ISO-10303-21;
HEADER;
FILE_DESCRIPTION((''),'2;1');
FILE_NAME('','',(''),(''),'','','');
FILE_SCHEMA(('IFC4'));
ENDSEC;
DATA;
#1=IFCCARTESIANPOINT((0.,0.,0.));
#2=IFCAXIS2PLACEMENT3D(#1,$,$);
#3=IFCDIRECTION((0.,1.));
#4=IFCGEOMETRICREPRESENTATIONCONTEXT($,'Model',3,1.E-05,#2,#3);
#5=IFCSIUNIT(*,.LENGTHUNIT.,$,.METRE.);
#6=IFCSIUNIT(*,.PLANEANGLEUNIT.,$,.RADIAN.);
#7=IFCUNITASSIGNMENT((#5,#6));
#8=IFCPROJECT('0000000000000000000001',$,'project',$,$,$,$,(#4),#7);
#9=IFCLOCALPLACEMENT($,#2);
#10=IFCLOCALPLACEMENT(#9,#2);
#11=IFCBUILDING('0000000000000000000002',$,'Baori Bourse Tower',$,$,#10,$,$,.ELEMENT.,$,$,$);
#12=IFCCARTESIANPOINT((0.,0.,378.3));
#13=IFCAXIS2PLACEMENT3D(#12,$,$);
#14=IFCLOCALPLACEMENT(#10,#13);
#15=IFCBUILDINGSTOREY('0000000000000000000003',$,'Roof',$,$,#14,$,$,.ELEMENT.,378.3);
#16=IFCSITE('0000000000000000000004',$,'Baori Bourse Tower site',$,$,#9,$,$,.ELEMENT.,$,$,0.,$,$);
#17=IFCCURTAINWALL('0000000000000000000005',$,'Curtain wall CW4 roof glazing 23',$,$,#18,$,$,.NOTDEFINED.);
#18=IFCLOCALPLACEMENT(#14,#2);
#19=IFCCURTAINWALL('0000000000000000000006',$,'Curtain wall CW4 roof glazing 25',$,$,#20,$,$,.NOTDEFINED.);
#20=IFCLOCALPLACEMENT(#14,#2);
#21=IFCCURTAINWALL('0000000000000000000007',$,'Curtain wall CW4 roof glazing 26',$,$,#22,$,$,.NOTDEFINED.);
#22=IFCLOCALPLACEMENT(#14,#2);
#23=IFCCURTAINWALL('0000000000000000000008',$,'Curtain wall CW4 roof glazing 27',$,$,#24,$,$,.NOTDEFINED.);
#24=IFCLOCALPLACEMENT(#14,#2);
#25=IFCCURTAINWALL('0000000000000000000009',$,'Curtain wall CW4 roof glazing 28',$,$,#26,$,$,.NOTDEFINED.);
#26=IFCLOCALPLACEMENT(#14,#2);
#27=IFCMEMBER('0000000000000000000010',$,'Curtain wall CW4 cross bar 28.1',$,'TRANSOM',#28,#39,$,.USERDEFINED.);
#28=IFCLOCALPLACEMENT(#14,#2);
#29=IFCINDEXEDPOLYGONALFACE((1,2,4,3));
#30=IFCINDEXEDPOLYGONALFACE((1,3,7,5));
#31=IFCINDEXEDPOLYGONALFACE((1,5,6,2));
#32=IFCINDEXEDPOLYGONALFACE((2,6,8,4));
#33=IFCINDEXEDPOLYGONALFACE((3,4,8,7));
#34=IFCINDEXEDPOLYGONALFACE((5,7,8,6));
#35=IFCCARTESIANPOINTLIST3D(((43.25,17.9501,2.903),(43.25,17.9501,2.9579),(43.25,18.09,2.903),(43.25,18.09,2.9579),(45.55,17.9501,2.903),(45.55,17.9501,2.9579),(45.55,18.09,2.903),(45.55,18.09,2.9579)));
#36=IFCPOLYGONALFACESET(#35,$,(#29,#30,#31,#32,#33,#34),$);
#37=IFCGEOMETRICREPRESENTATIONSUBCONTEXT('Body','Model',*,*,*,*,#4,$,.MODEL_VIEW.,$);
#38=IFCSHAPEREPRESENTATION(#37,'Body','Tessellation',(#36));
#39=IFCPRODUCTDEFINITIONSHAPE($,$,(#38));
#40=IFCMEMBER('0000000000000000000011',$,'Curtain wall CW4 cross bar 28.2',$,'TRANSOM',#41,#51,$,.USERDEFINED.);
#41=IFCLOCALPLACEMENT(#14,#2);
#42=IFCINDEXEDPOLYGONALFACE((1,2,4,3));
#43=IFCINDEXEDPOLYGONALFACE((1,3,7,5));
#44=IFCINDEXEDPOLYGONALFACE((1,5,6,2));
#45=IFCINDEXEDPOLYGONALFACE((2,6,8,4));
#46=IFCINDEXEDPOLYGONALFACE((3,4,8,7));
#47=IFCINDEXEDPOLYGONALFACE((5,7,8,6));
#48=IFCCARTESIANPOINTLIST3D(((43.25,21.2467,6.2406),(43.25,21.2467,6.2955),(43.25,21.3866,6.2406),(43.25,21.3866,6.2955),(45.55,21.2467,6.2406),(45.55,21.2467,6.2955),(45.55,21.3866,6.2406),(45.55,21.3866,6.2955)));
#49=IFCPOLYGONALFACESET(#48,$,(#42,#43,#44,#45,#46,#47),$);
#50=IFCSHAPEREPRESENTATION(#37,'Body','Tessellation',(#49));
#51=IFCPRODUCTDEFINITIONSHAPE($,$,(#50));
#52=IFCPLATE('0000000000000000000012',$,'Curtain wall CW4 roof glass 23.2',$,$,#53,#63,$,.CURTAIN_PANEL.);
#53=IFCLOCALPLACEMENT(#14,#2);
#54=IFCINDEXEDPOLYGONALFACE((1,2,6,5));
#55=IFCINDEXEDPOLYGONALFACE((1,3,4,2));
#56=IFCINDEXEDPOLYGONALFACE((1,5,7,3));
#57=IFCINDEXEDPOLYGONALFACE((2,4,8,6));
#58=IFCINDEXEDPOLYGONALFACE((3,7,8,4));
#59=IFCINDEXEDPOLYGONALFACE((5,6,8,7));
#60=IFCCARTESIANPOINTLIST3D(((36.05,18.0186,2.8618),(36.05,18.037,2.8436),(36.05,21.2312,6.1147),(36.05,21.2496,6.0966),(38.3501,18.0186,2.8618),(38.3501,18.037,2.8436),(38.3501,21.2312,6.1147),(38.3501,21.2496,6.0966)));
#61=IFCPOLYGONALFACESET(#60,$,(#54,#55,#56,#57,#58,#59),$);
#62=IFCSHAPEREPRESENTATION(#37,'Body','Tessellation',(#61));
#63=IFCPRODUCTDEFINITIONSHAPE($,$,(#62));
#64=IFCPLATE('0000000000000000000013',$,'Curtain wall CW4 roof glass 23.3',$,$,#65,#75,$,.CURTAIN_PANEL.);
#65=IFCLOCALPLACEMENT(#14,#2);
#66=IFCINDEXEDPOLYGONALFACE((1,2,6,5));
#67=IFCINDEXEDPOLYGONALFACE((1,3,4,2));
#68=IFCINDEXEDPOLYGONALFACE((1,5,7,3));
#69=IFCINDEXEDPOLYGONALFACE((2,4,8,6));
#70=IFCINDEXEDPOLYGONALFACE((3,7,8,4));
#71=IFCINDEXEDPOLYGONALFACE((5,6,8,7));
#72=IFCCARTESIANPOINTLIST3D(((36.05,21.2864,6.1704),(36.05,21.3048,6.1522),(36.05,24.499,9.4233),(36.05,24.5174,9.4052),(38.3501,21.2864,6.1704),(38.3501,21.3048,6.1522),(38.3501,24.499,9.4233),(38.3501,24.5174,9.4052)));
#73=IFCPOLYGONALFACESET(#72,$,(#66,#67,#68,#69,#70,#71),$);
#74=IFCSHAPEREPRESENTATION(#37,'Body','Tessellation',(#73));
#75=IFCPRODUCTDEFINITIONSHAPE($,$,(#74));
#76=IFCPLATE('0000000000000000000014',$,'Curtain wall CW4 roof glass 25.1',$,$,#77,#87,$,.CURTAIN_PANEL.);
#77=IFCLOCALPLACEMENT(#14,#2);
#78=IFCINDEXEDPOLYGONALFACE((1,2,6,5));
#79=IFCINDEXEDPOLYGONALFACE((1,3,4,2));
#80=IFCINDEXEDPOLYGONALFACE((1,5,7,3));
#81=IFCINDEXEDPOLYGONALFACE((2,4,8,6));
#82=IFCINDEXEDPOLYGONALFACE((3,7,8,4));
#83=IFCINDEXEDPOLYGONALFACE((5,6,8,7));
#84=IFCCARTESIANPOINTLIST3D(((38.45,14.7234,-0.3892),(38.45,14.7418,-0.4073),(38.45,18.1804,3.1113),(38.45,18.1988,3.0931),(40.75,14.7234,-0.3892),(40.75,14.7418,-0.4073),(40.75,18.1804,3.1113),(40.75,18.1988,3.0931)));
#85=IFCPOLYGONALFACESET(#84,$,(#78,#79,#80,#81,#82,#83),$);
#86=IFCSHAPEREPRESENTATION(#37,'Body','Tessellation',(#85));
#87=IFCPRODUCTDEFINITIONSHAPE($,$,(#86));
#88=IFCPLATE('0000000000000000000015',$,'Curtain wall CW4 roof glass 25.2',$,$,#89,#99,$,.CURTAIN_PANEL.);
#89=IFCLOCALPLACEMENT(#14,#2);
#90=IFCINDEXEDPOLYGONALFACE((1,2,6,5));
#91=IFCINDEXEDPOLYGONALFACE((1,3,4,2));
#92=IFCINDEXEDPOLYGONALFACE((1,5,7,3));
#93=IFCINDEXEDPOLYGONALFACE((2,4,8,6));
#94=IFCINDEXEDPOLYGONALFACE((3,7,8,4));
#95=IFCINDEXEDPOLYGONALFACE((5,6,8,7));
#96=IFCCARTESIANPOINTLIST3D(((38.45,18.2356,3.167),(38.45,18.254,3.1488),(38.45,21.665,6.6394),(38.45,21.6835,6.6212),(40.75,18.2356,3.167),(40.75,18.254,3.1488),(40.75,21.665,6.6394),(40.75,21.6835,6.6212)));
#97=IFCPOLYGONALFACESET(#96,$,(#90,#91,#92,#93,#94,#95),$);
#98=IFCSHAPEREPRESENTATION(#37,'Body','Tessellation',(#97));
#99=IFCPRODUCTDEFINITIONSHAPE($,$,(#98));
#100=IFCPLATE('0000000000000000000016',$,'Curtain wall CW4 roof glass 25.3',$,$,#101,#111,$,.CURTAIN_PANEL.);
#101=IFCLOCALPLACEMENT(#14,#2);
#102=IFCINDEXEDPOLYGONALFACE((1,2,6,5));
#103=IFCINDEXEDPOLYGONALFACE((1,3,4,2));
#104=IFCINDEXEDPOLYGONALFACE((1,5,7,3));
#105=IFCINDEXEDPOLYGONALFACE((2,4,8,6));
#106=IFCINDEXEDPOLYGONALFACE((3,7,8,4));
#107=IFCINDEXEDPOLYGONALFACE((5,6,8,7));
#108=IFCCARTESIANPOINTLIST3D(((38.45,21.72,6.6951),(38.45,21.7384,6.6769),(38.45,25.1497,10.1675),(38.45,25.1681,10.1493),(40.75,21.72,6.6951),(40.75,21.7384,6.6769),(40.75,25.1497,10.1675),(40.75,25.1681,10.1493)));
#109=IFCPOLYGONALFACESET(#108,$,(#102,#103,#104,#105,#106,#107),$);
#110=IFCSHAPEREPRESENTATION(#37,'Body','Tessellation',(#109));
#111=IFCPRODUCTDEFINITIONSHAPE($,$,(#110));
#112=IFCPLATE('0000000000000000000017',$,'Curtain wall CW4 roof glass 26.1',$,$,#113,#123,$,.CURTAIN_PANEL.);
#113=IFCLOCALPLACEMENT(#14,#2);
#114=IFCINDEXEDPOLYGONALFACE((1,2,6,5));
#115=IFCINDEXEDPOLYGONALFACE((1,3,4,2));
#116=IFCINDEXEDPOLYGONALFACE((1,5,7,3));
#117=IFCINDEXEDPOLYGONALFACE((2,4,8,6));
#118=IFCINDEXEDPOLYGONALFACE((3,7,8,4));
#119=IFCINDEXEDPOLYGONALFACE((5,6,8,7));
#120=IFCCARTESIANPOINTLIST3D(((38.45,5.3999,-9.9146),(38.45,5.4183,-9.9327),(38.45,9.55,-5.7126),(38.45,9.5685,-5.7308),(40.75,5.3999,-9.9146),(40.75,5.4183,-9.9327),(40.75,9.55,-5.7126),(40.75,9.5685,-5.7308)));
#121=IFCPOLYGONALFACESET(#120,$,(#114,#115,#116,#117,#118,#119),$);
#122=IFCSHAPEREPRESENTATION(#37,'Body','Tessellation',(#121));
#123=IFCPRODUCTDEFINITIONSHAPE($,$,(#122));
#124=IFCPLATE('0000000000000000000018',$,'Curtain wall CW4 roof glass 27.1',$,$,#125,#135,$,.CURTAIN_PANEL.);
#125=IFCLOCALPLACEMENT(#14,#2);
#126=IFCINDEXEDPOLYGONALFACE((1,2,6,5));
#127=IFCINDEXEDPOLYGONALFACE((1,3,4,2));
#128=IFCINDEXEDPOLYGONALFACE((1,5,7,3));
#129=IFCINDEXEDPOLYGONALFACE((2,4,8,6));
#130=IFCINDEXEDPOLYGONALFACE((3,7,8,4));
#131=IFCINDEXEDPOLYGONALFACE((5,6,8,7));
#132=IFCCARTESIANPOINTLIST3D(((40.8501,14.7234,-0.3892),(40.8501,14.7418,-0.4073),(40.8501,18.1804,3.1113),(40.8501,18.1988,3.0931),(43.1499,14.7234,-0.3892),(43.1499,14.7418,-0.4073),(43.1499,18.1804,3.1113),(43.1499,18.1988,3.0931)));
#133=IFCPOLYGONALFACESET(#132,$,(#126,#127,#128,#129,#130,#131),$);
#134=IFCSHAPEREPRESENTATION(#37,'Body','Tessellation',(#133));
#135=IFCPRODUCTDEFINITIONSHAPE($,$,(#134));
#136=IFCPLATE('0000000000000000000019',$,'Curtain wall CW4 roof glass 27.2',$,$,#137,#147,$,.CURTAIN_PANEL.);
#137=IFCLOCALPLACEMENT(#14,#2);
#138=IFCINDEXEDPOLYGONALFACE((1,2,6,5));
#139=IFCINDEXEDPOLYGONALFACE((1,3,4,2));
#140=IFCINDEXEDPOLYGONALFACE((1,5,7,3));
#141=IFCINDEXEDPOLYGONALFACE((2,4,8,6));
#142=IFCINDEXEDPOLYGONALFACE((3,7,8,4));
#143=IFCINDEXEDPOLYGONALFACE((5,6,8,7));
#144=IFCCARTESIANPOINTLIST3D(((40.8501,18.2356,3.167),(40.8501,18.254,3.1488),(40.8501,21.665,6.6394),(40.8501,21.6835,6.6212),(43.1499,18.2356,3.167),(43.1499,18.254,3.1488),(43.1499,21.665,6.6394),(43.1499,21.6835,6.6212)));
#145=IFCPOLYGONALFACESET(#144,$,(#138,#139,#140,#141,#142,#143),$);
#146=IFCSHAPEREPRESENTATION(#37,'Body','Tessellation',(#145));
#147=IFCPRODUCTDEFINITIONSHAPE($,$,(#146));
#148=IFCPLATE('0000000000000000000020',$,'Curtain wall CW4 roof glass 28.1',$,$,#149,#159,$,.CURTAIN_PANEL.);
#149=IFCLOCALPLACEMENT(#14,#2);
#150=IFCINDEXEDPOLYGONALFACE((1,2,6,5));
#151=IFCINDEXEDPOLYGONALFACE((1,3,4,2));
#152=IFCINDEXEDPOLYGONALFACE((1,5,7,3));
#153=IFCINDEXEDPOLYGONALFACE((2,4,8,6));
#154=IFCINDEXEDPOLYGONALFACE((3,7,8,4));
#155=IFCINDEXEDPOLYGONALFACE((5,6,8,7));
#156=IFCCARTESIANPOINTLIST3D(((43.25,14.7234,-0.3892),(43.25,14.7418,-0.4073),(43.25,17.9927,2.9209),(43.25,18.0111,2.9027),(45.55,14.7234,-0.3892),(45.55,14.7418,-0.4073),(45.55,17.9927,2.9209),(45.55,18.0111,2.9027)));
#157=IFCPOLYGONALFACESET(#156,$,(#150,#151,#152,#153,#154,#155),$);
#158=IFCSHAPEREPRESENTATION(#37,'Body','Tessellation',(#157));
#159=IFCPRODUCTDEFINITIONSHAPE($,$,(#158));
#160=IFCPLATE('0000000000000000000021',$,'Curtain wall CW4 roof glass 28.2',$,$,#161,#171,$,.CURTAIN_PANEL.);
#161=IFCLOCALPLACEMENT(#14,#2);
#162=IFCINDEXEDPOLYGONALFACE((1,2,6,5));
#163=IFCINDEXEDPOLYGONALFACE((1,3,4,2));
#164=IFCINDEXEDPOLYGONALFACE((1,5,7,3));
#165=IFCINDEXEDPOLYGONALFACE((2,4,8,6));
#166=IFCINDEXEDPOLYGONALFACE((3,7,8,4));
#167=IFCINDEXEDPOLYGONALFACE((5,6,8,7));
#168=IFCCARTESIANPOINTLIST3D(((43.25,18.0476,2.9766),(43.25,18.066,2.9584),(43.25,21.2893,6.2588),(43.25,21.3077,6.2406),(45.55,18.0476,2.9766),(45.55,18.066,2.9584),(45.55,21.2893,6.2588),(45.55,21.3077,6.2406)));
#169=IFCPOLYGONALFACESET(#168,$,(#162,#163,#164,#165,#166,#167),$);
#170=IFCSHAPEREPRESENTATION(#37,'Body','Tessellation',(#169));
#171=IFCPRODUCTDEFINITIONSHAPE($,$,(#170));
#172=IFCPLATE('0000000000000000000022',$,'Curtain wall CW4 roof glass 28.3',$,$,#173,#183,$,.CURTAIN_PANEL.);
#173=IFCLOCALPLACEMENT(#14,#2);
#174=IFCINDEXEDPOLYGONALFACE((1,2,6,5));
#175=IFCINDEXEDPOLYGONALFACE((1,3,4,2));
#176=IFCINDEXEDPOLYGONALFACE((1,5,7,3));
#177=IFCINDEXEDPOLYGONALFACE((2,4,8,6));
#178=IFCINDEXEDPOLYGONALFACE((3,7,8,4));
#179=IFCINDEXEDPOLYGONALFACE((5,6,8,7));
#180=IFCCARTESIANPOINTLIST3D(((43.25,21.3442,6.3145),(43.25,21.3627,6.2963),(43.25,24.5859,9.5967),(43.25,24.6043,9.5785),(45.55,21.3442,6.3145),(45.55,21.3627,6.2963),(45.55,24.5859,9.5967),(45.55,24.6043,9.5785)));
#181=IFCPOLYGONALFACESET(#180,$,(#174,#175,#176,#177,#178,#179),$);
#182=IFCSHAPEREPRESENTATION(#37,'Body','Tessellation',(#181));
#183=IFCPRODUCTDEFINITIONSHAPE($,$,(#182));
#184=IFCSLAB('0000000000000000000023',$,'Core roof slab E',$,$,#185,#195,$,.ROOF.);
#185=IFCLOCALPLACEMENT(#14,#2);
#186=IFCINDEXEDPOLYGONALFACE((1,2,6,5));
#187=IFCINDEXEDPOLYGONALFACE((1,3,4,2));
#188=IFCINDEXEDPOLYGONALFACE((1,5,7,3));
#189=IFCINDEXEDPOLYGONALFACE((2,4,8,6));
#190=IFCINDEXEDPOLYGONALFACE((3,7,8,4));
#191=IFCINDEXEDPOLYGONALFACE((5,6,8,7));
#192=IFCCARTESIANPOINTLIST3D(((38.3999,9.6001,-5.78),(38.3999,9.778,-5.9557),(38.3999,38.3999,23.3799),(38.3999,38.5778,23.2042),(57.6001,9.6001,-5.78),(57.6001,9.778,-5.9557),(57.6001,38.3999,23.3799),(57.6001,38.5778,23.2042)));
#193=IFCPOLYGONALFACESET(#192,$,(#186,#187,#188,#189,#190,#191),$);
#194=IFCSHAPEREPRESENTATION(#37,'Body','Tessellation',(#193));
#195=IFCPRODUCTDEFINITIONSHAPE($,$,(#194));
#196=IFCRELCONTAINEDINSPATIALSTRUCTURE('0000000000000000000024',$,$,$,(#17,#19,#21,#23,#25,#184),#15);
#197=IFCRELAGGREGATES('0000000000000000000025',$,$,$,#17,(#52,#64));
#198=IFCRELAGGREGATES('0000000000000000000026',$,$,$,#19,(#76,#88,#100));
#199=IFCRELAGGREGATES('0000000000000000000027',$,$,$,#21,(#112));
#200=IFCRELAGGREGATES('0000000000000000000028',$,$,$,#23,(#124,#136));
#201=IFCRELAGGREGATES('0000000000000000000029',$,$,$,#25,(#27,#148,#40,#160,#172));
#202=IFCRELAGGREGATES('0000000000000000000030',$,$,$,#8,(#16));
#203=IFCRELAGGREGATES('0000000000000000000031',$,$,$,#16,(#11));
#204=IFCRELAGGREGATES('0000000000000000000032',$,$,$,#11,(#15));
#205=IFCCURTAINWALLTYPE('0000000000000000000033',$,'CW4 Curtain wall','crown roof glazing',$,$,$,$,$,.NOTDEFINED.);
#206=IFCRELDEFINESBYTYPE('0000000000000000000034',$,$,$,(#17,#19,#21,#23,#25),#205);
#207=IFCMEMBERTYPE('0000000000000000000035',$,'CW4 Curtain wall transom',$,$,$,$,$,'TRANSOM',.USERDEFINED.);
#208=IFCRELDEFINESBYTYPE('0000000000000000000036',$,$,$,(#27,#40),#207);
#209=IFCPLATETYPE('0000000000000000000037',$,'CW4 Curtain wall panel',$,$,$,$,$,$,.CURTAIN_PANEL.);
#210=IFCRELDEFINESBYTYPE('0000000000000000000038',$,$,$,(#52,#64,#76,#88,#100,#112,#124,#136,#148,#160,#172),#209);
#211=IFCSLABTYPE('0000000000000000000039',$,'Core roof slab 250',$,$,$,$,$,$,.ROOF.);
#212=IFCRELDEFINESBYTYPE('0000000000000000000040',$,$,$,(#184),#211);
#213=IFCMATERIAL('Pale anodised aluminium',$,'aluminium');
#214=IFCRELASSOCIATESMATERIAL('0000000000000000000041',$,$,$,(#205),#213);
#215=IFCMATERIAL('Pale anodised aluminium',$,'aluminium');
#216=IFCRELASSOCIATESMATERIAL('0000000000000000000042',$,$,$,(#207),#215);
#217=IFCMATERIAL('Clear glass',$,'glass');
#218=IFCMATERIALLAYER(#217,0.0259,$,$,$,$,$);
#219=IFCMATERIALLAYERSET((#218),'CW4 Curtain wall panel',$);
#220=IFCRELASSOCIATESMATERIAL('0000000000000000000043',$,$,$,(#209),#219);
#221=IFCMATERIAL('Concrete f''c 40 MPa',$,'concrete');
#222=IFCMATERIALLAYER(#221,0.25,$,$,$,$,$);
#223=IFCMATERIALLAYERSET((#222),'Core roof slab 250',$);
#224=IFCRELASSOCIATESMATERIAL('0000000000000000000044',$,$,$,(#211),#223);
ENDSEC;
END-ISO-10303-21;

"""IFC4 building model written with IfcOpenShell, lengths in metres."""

from ifc_helpers import new_model, si_unit, direction, frame, origin, origin_2d, place, context, subcontext, project, spatial, polyline, rectangle, outline, extrude, material, layer, layer_set, material_profile, profile_set, type_object, element, aggregate, save


model = new_model("IFC4")

# Units and contexts
model_context = context("Model", 3, precision=1e-05, world=origin(), true_north=direction((0.0, 1.0)))
body_context = subcontext(model_context, "Body", "Model", "MODEL_VIEW")
ifc_project = project(units=[si_unit("LENGTHUNIT", "METRE"), si_unit("PLANEANGLEUNIT", "RADIAN")], contexts=[model_context])

# Site, building, storey
site_placement = place(None, origin())
site = spatial("IfcSite", under=ifc_project, at=site_placement, Name="Baori Bourse Tower site", CompositionType="ELEMENT", RefElevation=0.0)
building_placement = place(site_placement, origin())
building = spatial("IfcBuilding", under=site, at=building_placement, Name="Baori Bourse Tower", CompositionType="ELEMENT")
storey_placement = place(building_placement, frame((0.0, 0.0, 378.3)))
storey = spatial("IfcBuildingStorey", under=building, at=storey_placement, Name="Roof", CompositionType="ELEMENT", Elevation=378.3)

# Curtain wall
ifc_material_1 = material(Name="Pale anodised aluminium", Category="aluminium")
curtain_wall_type = type_object("IfcCurtainWallType", Name="CW4 Curtain wall", Description="crown roof glazing", PredefinedType="NOTDEFINED", material=ifc_material_1)
curtain_wall_1_placement = place(storey_placement, origin())
curtain_wall_1 = element("IfcCurtainWall", 1, at=curtain_wall_1_placement, inside=storey, type_object=curtain_wall_type, Name="Curtain wall CW4 roof glazing 23", PredefinedType="NOTDEFINED")

# Curtain walls
curtain_wall_2_placement = place(storey_placement, origin())
curtain_wall_2 = element("IfcCurtainWall", 2, at=curtain_wall_2_placement, inside=storey, type_object=curtain_wall_type, Name="Curtain wall CW4 roof glazing 25", PredefinedType="NOTDEFINED")
curtain_wall_3_placement = place(storey_placement, origin())
curtain_wall_3 = element("IfcCurtainWall", 3, at=curtain_wall_3_placement, inside=storey, type_object=curtain_wall_type, Name="Curtain wall CW4 roof glazing 26", PredefinedType="NOTDEFINED")
curtain_wall_4_placement = place(storey_placement, origin())
curtain_wall_4 = element("IfcCurtainWall", 4, at=curtain_wall_4_placement, inside=storey, type_object=curtain_wall_type, Name="Curtain wall CW4 roof glazing 27", PredefinedType="NOTDEFINED")

# Curtain wall
curtain_wall_5_placement = place(storey_placement, origin())
curtain_wall_5 = element("IfcCurtainWall", 5, at=curtain_wall_5_placement, inside=storey, type_object=curtain_wall_type, Name="Curtain wall CW4 roof glazing 28", PredefinedType="NOTDEFINED")

# Members
ifc_material_2 = material(Name="Pale anodised aluminium", Category="aluminium")
ifc_material_profile_1 = material_profile(ifc_material_2, rectangle(XDim=0.1399, YDim=0.0549, at=origin_2d()), Name="Transom 55x140")
ifc_profile_set_1 = profile_set([ifc_material_profile_1], Name="Pale anodised aluminium")
member_type_1 = type_object("IfcMemberType", Name="CW4 Curtain wall transom", ElementType="TRANSOM", PredefinedType="USERDEFINED", material=ifc_profile_set_1)
member_1_placement = place(storey_placement, frame((43.25, 18.02, 2.9304), z_axis=(1.0, 0.0, 0.0), x_axis=(0.0, 1.0, 0.0)))
member_1 = element("IfcMember", 6, at=member_1_placement, type_object=member_type_1, Name="Curtain wall CW4 cross bar 28.1", ObjectType="TRANSOM", PredefinedType="USERDEFINED", context=body_context, shape_type="SweptSolid", body=[
    extrude(rectangle(XDim=0.1399, YDim=0.0549, at=origin_2d()), origin(), (0.0, 0.0, 1.0), 2.3),
])
member_2_placement = place(storey_placement, frame((43.25, 21.3167, 6.2681), z_axis=(1.0, 0.0, 0.0), x_axis=(0.0, 1.0, 0.0)))
member_2 = element("IfcMember", 7, at=member_2_placement, type_object=member_type_1, Name="Curtain wall CW4 cross bar 28.2", ObjectType="TRANSOM", PredefinedType="USERDEFINED", context=body_context, shape_type="SweptSolid", body=[
    extrude(rectangle(XDim=0.1399, YDim=0.0549, at=origin_2d()), origin(), (0.0, 0.0, 1.0), 2.3),
])

# Plates
ifc_material_3 = material(Name="Clear glass", Category="glass")
ifc_layer_1 = layer(ifc_material_3, 0.0259)
ifc_layer_set_1 = layer_set([ifc_layer_1], Name="CW4 Curtain wall panel")
plate_type = type_object("IfcPlateType", Name="CW4 Curtain wall panel", PredefinedType="CURTAIN_PANEL", material=ifc_layer_set_1)
plate_1_placement = place(storey_placement, frame((36.05, 18.0186, 2.8618), z_axis=(0.0, -0.711499, 0.702688), x_axis=(1.0, 0.0, 0.0)))
plate_1 = element("IfcPlate", 8, at=plate_1_placement, type_object=plate_type, Name="Curtain wall CW4 roof glass 23.2", PredefinedType="CURTAIN_PANEL", context=body_context, shape_type="SweptSolid", body=[
    extrude(outline(polyline([(0.0, 0.0), (2.3, 0.0), (2.3, 4.5719), (0.0, 4.5719), (0.0, 0.0)])), origin(), (0.0, 0.0, -1.0), 0.0259),
])
plate_2_placement = place(storey_placement, frame((36.05, 21.2864, 6.1704), z_axis=(0.0, -0.711499, 0.702688), x_axis=(1.0, 0.0, 0.0)))
plate_2 = element("IfcPlate", 9, at=plate_2_placement, type_object=plate_type, Name="Curtain wall CW4 roof glass 23.3", PredefinedType="CURTAIN_PANEL", context=body_context, shape_type="SweptSolid", body=[
    extrude(outline(polyline([(0.0, 0.0), (2.3, 0.0), (2.3, 4.5719), (0.0, 4.5719), (0.0, 0.0)])), origin(), (0.0, 0.0, -1.0), 0.0259),
])
aggregate(curtain_wall_1, [plate_1, plate_2])
plate_3_placement = place(storey_placement, frame((38.45, 14.7234, -0.3892), z_axis=(0.0, -0.71151, 0.702676), x_axis=(1.0, 0.0, 0.0)))
plate_3 = element("IfcPlate", 10, at=plate_3_placement, type_object=plate_type, Name="Curtain wall CW4 roof glass 25.1", PredefinedType="CURTAIN_PANEL", context=body_context, shape_type="SweptSolid", body=[
    extrude(outline(polyline([(0.0, 0.0), (2.3, 0.0), (2.3, 4.9198), (0.0, 4.9198), (0.0, 0.0)])), origin(), (0.0, 0.0, -1.0), 0.0259),
])
plate_4_placement = place(storey_placement, frame((38.45, 18.2356, 3.167), z_axis=(0.0, -0.711495, 0.702691), x_axis=(1.0, 0.0, 0.0)))
plate_4 = element("IfcPlate", 11, at=plate_4_placement, type_object=plate_type, Name="Curtain wall CW4 roof glass 25.2", PredefinedType="CURTAIN_PANEL", context=body_context, shape_type="SweptSolid", body=[
    extrude(outline(polyline([(0.0, 0.0), (2.3, 0.0), (2.3, 4.8804), (0.0, 4.8804), (0.0, 0.0)])), origin(), (0.0, 0.0, -1.0), 0.0259),
])
plate_5_placement = place(storey_placement, frame((38.45, 21.72, 6.6951), z_axis=(0.0, -0.71147, 0.702716), x_axis=(1.0, 0.0, 0.0)))
plate_5 = element("IfcPlate", 12, at=plate_5_placement, type_object=plate_type, Name="Curtain wall CW4 roof glass 25.3", PredefinedType="CURTAIN_PANEL", context=body_context, shape_type="SweptSolid", body=[
    extrude(outline(polyline([(0.0, 0.0), (2.3, 0.0), (2.3, 4.8806), (0.0, 4.8806), (0.0, 0.0)])), origin(), (0.0, 0.0, -1.0), 0.0259),
])
aggregate(curtain_wall_2, [plate_3, plate_4, plate_5])
plate_6_placement = place(storey_placement, frame((38.45, 5.3999, -9.9146), z_axis=(0.0, -0.711475, 0.702711), x_axis=(1.0, 0.0, 0.0)))
plate_6 = element("IfcPlate", 13, at=plate_6_placement, type_object=plate_type, Name="Curtain wall CW4 roof glass 26.1", PredefinedType="CURTAIN_PANEL", context=body_context, shape_type="SweptSolid", body=[
    extrude(outline(polyline([(0.0, 0.0), (2.3, 0.0), (2.3, 5.9059), (0.0, 5.9059), (0.0, 0.0)])), origin(), (0.0, 0.0, -1.0), 0.0259),
])
aggregate(curtain_wall_3, [plate_6])
plate_7_placement = place(storey_placement, frame((40.8501, 14.7234, -0.3892), z_axis=(0.0, -0.71151, 0.702676), x_axis=(1.0, 0.0, 0.0)))
plate_7 = element("IfcPlate", 14, at=plate_7_placement, type_object=plate_type, Name="Curtain wall CW4 roof glass 27.1", PredefinedType="CURTAIN_PANEL", context=body_context, shape_type="SweptSolid", body=[
    extrude(outline(polyline([(0.0, 0.0), (2.2998, 0.0), (2.2998, 4.9198), (0.0, 4.9198), (0.0, 0.0)])), origin(), (0.0, 0.0, -1.0), 0.0259),
])
plate_8_placement = place(storey_placement, frame((40.8501, 18.2356, 3.167), z_axis=(0.0, -0.711495, 0.702691), x_axis=(1.0, 0.0, 0.0)))
plate_8 = element("IfcPlate", 15, at=plate_8_placement, type_object=plate_type, Name="Curtain wall CW4 roof glass 27.2", PredefinedType="CURTAIN_PANEL", context=body_context, shape_type="SweptSolid", body=[
    extrude(outline(polyline([(0.0, 0.0), (2.2998, 0.0), (2.2998, 4.8804), (0.0, 4.8804), (0.0, 0.0)])), origin(), (0.0, 0.0, -1.0), 0.0259),
])
aggregate(curtain_wall_4, [plate_7, plate_8])
plate_9_placement = place(storey_placement, frame((43.25, 14.7234, -0.3892), z_axis=(0.0, -0.711475, 0.702711), x_axis=(1.0, 0.0, 0.0)))
plate_9 = element("IfcPlate", 16, at=plate_9_placement, type_object=plate_type, Name="Curtain wall CW4 roof glass 28.1", PredefinedType="CURTAIN_PANEL", context=body_context, shape_type="SweptSolid", body=[
    extrude(outline(polyline([(0.0, 0.0), (2.3, 0.0), (2.3, 4.6524), (0.0, 4.6524), (0.0, 0.0)])), origin(), (0.0, 0.0, -1.0), 0.0259),
])
plate_10_placement = place(storey_placement, frame((43.25, 18.0476, 2.9766), z_axis=(0.0, -0.711486, 0.702701), x_axis=(1.0, 0.0, 0.0)))
plate_10 = element("IfcPlate", 17, at=plate_10_placement, type_object=plate_type, Name="Curtain wall CW4 roof glass 28.2", PredefinedType="CURTAIN_PANEL", context=body_context, shape_type="SweptSolid", body=[
    extrude(outline(polyline([(0.0, 0.0), (2.3, 0.0), (2.3, 4.6132), (0.0, 4.6132), (0.0, 0.0)])), origin(), (0.0, 0.0, -1.0), 0.0259),
])
plate_11_placement = place(storey_placement, frame((43.25, 21.3442, 6.3145), z_axis=(0.0, -0.711486, 0.702701), x_axis=(1.0, 0.0, 0.0)))
plate_11 = element("IfcPlate", 18, at=plate_11_placement, type_object=plate_type, Name="Curtain wall CW4 roof glass 28.3", PredefinedType="CURTAIN_PANEL", context=body_context, shape_type="SweptSolid", body=[
    extrude(outline(polyline([(0.0, 0.0), (2.3, 0.0), (2.3, 4.6132), (0.0, 4.6132), (0.0, 0.0)])), origin(), (0.0, 0.0, -1.0), 0.0259),
])
aggregate(curtain_wall_5, [member_1, plate_9, member_2, plate_10, plate_11])

# Slab
ifc_material_4 = material(Name="Concrete f'c 40 MPa", Category="concrete")
ifc_layer_2 = layer(ifc_material_4, 0.25)
ifc_layer_set_2 = layer_set([ifc_layer_2], Name="Core roof slab 250")
slab_type = type_object("IfcSlabType", Name="Core roof slab 250", PredefinedType="ROOF", material=ifc_layer_set_2)
slab_placement = place(storey_placement, frame((38.3999, 9.6001, -5.78), z_axis=(0.0, -0.711486, 0.7027), x_axis=(1.0, 0.0, 0.0)))
element("IfcSlab", 19, at=slab_placement, inside=storey, type_object=slab_type, Name="Core roof slab E", PredefinedType="ROOF", context=body_context, shape_type="SweptSolid", body=[
    extrude(outline(polyline([(0.0, 0.0), (19.2002, 0.0), (19.2002, 40.9845), (0.0, 40.9845), (0.0, 0.0)])), origin(), (0.0, 0.0, -1.0), 0.25),
])

save(model, "model.ifc")
